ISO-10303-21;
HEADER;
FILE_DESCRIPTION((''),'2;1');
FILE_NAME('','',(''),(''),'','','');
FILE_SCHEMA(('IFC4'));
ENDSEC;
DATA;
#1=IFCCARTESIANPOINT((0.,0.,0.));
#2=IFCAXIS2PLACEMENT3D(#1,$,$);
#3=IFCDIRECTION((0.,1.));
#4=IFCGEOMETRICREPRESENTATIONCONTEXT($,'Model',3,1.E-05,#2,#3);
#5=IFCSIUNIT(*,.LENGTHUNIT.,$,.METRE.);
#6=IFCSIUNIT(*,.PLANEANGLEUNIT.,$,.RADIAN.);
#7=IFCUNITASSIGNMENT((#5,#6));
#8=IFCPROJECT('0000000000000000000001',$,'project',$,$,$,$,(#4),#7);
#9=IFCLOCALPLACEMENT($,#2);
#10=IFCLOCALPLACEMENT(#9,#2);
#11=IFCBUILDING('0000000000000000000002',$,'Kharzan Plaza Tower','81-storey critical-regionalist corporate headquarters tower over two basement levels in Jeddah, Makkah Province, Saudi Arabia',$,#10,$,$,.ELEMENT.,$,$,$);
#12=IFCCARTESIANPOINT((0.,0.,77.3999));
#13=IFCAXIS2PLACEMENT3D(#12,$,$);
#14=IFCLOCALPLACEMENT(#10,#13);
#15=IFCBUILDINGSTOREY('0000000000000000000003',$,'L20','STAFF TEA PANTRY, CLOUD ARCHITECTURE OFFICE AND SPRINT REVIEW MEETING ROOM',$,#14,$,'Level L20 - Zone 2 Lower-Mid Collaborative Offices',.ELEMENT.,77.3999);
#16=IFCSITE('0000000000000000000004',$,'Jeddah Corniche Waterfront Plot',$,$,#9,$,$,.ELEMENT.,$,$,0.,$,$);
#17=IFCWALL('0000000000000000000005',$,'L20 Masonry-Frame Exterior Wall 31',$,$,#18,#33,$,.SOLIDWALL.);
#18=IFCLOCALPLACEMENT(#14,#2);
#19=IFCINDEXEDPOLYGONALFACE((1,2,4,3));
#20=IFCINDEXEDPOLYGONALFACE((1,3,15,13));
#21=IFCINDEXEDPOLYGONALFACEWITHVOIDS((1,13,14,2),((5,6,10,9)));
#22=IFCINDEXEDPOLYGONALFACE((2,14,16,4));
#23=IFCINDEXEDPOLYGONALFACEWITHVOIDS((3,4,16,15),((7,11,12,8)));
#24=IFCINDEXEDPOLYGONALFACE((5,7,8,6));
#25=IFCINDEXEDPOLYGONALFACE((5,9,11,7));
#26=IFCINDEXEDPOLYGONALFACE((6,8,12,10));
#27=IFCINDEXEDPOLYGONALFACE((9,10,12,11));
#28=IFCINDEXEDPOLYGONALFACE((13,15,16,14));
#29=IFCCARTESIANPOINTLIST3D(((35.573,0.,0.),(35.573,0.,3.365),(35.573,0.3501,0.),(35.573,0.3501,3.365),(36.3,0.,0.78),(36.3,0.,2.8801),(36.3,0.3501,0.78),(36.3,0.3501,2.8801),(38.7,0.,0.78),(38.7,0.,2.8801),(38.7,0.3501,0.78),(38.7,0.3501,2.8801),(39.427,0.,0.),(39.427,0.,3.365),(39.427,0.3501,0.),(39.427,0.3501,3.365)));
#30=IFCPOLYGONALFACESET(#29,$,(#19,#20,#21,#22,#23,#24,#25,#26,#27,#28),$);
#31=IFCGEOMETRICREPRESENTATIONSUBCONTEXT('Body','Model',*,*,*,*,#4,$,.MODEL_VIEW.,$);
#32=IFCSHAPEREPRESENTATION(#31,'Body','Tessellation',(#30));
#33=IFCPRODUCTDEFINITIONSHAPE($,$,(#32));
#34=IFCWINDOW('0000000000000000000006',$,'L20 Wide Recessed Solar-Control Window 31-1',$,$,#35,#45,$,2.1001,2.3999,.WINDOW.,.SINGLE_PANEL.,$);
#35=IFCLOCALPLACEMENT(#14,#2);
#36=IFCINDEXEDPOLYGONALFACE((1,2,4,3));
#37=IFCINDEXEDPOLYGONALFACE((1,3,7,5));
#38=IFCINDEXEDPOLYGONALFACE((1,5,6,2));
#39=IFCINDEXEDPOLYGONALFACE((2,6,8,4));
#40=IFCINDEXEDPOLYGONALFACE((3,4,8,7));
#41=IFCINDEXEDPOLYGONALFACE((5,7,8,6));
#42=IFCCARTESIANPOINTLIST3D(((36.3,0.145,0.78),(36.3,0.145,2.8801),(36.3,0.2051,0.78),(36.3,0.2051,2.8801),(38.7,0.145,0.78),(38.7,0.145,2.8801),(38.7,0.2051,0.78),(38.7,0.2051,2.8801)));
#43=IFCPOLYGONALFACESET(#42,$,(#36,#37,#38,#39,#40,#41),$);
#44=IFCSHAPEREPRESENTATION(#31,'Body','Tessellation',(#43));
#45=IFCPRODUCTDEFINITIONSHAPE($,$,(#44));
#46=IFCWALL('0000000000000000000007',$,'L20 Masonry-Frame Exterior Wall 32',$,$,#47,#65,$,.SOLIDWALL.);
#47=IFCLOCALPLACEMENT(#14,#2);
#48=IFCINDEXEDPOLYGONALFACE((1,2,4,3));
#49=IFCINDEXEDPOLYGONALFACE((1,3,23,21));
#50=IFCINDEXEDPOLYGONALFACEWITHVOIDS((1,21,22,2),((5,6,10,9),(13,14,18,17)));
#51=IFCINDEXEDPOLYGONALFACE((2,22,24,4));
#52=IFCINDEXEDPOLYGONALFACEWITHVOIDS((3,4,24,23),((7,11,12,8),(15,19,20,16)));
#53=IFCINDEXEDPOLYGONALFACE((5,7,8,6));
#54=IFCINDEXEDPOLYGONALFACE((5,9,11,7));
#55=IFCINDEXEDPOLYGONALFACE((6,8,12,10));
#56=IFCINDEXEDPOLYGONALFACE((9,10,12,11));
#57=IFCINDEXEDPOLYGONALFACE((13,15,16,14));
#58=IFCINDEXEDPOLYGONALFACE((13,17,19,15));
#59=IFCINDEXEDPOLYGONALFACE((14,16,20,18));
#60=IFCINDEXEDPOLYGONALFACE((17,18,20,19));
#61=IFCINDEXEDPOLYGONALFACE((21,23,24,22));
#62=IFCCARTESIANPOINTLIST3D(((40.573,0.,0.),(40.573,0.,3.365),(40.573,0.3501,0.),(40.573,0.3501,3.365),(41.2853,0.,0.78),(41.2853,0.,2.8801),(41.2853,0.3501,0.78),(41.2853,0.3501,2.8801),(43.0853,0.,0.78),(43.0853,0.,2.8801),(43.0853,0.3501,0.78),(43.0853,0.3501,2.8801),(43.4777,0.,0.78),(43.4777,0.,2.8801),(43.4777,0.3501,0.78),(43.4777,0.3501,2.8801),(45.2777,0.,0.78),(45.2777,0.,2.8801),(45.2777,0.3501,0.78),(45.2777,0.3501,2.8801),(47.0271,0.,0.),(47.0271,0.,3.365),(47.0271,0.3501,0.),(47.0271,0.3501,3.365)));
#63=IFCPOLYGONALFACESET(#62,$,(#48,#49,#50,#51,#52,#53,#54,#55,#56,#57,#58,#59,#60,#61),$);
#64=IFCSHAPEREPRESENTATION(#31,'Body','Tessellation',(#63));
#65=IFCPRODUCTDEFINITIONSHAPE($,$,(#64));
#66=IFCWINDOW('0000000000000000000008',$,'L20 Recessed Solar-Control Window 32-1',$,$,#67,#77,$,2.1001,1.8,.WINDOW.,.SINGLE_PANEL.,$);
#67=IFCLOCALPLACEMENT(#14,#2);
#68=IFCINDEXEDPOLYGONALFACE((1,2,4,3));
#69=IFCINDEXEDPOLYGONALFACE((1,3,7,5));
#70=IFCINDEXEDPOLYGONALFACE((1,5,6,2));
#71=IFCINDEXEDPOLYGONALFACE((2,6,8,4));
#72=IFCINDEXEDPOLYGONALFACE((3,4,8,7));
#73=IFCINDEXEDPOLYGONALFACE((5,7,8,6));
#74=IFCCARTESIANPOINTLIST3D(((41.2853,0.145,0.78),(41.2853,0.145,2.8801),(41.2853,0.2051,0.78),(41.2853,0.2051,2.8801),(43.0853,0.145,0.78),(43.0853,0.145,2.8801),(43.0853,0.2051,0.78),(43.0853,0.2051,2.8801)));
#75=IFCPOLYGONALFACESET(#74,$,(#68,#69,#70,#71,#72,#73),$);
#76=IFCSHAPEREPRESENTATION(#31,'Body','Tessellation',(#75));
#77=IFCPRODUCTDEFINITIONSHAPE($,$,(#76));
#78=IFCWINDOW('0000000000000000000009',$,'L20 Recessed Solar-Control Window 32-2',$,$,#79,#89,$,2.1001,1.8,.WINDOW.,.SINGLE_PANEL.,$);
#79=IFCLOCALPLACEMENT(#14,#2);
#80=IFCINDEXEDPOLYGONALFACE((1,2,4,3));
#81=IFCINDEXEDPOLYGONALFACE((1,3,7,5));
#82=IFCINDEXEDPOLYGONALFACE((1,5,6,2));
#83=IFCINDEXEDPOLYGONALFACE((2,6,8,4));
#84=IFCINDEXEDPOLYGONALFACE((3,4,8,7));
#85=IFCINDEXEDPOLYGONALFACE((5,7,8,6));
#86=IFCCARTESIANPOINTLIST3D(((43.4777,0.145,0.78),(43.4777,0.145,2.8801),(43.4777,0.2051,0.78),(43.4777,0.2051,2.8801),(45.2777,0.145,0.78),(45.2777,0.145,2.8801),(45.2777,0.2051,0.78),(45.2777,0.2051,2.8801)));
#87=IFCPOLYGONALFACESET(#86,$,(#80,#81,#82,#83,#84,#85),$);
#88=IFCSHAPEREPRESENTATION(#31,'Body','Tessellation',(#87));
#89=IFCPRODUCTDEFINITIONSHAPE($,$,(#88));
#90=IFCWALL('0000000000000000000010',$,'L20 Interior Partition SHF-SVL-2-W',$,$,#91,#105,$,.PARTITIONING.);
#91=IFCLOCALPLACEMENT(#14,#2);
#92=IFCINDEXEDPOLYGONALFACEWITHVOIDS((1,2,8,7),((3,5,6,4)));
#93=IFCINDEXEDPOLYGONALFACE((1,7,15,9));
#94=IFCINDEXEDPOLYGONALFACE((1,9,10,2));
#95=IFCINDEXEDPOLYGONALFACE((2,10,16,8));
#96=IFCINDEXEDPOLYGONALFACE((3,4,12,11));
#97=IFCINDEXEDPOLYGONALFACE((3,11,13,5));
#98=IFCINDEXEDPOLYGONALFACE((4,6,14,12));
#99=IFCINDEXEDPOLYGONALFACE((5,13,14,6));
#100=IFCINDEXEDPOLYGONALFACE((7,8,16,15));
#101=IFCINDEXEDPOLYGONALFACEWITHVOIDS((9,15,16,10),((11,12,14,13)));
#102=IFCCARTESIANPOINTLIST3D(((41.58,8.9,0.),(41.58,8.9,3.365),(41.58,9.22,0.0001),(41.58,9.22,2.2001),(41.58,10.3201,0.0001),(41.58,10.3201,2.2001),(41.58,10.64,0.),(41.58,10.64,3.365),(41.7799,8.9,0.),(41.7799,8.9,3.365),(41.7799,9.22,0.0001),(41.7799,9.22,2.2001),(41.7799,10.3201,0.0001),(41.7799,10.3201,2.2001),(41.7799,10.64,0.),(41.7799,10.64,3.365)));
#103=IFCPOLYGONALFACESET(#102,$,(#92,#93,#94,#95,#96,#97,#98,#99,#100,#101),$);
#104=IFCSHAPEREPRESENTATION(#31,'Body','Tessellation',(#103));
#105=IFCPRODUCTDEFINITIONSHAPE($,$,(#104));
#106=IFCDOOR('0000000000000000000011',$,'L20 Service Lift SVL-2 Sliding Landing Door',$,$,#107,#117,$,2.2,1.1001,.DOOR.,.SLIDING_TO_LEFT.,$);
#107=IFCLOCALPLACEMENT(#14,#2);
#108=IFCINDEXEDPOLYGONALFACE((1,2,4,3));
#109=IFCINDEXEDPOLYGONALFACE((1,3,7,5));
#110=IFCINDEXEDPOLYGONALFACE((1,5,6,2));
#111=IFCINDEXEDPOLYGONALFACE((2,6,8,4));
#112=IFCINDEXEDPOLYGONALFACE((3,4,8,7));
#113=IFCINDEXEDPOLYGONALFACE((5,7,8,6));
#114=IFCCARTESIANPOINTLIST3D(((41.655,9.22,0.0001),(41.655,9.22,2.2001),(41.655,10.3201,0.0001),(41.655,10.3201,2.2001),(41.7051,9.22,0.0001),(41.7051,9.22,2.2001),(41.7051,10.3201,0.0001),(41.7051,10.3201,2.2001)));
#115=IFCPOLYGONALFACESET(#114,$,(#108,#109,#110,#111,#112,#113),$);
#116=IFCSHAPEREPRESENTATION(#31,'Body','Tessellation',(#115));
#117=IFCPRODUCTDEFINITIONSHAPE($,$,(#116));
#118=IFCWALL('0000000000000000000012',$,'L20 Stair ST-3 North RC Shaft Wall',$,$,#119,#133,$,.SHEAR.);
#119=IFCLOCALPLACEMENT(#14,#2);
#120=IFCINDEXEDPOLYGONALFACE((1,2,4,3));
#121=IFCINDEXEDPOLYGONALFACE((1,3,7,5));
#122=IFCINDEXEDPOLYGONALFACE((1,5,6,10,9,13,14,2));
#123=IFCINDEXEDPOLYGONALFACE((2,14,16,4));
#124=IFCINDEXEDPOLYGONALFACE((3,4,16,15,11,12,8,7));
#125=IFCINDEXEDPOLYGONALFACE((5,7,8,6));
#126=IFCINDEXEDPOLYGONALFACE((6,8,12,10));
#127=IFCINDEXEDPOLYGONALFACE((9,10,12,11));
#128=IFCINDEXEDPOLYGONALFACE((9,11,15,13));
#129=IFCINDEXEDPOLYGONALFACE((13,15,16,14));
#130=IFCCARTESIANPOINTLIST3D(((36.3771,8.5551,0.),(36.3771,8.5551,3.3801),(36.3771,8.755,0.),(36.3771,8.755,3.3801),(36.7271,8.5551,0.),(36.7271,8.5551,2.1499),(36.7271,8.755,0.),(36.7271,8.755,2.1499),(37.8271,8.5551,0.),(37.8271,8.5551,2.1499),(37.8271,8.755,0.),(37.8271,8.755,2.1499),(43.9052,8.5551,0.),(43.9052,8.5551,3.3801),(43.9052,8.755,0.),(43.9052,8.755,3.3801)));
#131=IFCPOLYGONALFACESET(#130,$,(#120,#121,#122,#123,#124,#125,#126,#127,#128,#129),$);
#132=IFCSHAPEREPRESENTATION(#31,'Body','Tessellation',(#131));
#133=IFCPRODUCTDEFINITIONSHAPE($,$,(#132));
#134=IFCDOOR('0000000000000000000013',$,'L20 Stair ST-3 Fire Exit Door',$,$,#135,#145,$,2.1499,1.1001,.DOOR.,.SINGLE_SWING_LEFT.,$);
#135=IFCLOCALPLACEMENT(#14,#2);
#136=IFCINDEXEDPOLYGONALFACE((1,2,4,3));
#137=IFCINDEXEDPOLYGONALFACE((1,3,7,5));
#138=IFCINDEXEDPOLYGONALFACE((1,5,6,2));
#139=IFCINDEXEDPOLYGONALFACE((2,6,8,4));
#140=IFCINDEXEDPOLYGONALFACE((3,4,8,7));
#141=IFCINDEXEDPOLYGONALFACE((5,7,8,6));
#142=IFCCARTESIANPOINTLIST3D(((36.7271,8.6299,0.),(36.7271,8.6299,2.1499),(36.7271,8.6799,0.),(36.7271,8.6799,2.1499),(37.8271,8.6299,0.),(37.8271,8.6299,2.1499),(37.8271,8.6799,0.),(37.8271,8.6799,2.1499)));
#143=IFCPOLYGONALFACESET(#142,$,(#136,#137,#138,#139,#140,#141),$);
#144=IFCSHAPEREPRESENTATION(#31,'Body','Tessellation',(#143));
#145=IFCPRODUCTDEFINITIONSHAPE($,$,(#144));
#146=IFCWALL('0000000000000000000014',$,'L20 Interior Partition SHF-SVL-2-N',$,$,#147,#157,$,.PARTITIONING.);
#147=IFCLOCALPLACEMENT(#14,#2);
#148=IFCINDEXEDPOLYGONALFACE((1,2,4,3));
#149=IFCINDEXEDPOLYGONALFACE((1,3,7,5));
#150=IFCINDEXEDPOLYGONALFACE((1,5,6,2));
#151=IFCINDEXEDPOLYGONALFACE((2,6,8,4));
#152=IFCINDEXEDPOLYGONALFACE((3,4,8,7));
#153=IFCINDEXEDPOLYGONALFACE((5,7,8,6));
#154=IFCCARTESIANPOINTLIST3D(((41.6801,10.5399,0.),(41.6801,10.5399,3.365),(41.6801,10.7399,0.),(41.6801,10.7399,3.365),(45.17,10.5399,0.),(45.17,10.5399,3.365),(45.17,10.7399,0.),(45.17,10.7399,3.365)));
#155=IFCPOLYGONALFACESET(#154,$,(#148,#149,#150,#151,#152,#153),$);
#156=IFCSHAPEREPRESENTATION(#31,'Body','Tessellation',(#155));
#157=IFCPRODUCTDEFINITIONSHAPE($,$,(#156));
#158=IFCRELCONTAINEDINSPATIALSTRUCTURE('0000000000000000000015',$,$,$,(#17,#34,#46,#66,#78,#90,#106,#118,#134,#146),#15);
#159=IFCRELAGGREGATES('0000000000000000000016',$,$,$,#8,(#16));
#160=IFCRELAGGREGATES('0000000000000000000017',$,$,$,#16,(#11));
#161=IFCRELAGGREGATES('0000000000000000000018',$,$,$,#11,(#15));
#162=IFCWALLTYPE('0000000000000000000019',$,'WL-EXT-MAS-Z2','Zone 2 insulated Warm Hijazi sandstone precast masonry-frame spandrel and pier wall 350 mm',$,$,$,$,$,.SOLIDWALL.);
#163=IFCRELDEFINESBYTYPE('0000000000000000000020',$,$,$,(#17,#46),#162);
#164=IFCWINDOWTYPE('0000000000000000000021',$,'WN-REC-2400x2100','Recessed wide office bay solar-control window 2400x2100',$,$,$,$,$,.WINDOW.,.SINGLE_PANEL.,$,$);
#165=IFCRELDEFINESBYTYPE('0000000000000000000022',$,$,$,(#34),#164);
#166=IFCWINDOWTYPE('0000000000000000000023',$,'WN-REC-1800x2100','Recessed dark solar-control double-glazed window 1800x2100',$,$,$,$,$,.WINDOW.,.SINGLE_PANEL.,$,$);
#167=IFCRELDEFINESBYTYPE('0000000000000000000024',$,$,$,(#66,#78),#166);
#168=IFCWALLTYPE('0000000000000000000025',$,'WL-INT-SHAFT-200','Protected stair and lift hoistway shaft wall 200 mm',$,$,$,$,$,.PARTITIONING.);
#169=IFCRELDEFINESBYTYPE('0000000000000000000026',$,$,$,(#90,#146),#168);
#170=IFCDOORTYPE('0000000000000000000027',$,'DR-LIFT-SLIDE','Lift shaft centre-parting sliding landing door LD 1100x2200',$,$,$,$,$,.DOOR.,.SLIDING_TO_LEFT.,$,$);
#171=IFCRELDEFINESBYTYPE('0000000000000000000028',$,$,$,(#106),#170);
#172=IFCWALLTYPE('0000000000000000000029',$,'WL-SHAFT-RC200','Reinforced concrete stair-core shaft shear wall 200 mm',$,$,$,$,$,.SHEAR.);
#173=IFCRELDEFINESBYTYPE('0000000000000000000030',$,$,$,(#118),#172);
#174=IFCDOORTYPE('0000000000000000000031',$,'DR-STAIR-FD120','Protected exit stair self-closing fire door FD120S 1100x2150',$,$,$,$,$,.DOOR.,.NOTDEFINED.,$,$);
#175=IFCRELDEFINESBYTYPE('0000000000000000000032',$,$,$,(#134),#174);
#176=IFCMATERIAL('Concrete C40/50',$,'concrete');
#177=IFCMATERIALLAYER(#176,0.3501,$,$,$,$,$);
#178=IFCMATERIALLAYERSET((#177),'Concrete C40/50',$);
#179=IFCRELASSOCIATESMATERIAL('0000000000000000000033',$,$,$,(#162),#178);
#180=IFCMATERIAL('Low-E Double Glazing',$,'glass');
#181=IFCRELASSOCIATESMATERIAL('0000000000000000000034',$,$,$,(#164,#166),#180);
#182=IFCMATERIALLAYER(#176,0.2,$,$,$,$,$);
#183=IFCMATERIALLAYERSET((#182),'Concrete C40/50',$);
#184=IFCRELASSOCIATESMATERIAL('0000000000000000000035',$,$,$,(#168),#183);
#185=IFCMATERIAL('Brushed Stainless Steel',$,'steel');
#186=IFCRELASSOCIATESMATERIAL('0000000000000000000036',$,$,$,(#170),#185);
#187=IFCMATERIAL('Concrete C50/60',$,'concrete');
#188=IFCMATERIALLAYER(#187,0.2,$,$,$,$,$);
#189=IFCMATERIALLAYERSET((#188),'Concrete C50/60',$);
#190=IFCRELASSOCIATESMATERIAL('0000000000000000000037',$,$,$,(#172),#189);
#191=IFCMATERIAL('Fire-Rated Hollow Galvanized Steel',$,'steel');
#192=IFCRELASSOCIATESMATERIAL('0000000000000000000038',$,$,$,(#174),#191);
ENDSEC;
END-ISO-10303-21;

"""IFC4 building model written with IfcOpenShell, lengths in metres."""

from ifc_helpers import new_model, si_unit, direction, frame, frame_2d, origin, place, context, subcontext, project, spatial, rectangle, extrude, source, transform, mapped, material, layer, layer_set, type_object, element, fill, save


model = new_model("IFC4")

# Units and contexts
model_context = context("Model", 3, precision=1e-05, world=origin(), true_north=direction((0.0, 1.0)))
body_context = subcontext(model_context, "Body", "Model", "MODEL_VIEW")
ifc_project = project(units=[si_unit("LENGTHUNIT", "METRE"), si_unit("PLANEANGLEUNIT", "RADIAN")], contexts=[model_context])

# Site, building, storey
site_placement = place(None, origin())
site = spatial("IfcSite", under=ifc_project, at=site_placement, Name="Jeddah Corniche Waterfront Plot", CompositionType="ELEMENT", RefElevation=0.0)
building_placement = place(site_placement, origin())
building = spatial("IfcBuilding", under=site, at=building_placement, Name="Kharzan Plaza Tower", Description="81-storey critical-regionalist corporate headquarters tower over two basement levels in Jeddah, Makkah Province, Saudi Arabia", CompositionType="ELEMENT")
storey_placement = place(building_placement, frame((0.0, 0.0, 77.3999)))
storey = spatial("IfcBuildingStorey", under=building, at=storey_placement, Name="L20", Description="STAFF TEA PANTRY, CLOUD ARCHITECTURE OFFICE AND SPRINT REVIEW MEETING ROOM", LongName="Level L20 - Zone 2 Lower-Mid Collaborative Offices", CompositionType="ELEMENT", Elevation=77.3999)

# Wall, opening, window
ifc_material_1 = material(Name="Concrete C40/50", Category="concrete")
ifc_layer_1 = layer(ifc_material_1, 0.3501)
ifc_layer_set_1 = layer_set([ifc_layer_1], Name="Concrete C40/50")
wall_type_1 = type_object("IfcWallType", Name="WL-EXT-MAS-Z2", Description="Zone 2 insulated Warm Hijazi sandstone precast masonry-frame spandrel and pier wall 350 mm", PredefinedType="SOLIDWALL", material=ifc_layer_set_1)
wall_1_placement = place(storey_placement, frame((35.573, 0.175, 0.0), z_axis=(0.0, 0.0, 1.0), x_axis=(1.0, 0.0, 0.0)))
wall_1 = element("IfcWall", 1, at=wall_1_placement, inside=storey, type_object=wall_type_1, Name="L20 Masonry-Frame Exterior Wall 31", PredefinedType="SOLIDWALL", context=body_context, shape_type="SweptSolid", body=[
    extrude(rectangle(XDim=3.854, YDim=0.3501, at=frame_2d((1.927, 0.0))), origin(), (0.0, 0.0, 1.0), 3.365),
])
opening_1_placement = place(wall_1_placement, frame((0.7271, 0.0, 0.78)))
opening_1 = element("IfcOpeningElement", 2, at=opening_1_placement, cuts=wall_1, PredefinedType="OPENING", context=body_context, shape_type="SweptSolid", body=[
    extrude(rectangle(XDim=2.3999, YDim=2.1001, at=frame_2d((1.2, 1.05))), frame((0.0, 0.1851, 0.0), z_axis=(0.0, -1.0, 0.0), x_axis=(1.0, 0.0, 0.0)), (0.0, 0.0, 1.0), 0.3701),
])
ifc_material_2 = material(Name="Low-E Double Glazing", Category="glass")
window_type_1 = type_object("IfcWindowType", Name="WN-REC-2400x2100", Description="Recessed wide office bay solar-control window 2400x2100", PartitioningType="SINGLE_PANEL", PredefinedType="WINDOW", material=ifc_material_2)
shared_shape_1 = source(origin(), body_context, "Body", "SweptSolid", [
    extrude(rectangle(XDim=2.3999, YDim=2.1001, at=frame_2d((1.2, 1.05))), frame((0.0, 0.03, 0.0), z_axis=(0.0, -1.0, 0.0), x_axis=(1.0, 0.0, 0.0)), (0.0, 0.0, 1.0), 0.0601),
])
window_1_placement = place(opening_1_placement, origin())
window_1 = element("IfcWindow", 3, at=window_1_placement, inside=storey, type_object=window_type_1, Name="L20 Wide Recessed Solar-Control Window 31-1", OverallHeight=2.1001, OverallWidth=2.3999, PartitioningType="SINGLE_PANEL", PredefinedType="WINDOW", context=body_context, shape_type="MappedRepresentation", body=[
    mapped(shared_shape_1, transform((0.0, 0.0, 0.0), x_axis=(1.0, 0.0, 0.0), y_axis=(0.0, 1.0, 0.0), z_axis=(0.0, 0.0, 1.0))),
])
fill(opening_1, window_1)

# Wall, openings, windows
wall_2_placement = place(storey_placement, frame((40.573, 0.175, 0.0), z_axis=(0.0, 0.0, 1.0), x_axis=(1.0, 0.0, 0.0)))
wall_2 = element("IfcWall", 4, at=wall_2_placement, inside=storey, type_object=wall_type_1, Name="L20 Masonry-Frame Exterior Wall 32", PredefinedType="SOLIDWALL", context=body_context, shape_type="SweptSolid", body=[
    extrude(rectangle(XDim=6.4541, YDim=0.3501, at=frame_2d((3.2271, 0.0))), origin(), (0.0, 0.0, 1.0), 3.365),
])
opening_2_placement = place(wall_2_placement, frame((0.7124, 0.0, 0.78)))
opening_2 = element("IfcOpeningElement", 5, at=opening_2_placement, cuts=wall_2, PredefinedType="OPENING", context=body_context, shape_type="SweptSolid", body=[
    extrude(rectangle(XDim=1.8, YDim=2.1001, at=frame_2d((0.8999, 1.05))), frame((0.0, 0.1851, 0.0), z_axis=(0.0, -1.0, 0.0), x_axis=(1.0, 0.0, 0.0)), (0.0, 0.0, 1.0), 0.3701),
])
opening_3_placement = place(wall_2_placement, frame((2.9048, 0.0, 0.78)))
opening_3 = element("IfcOpeningElement", 6, at=opening_3_placement, cuts=wall_2, PredefinedType="OPENING", context=body_context, shape_type="SweptSolid", body=[
    extrude(rectangle(XDim=1.8, YDim=2.1001, at=frame_2d((0.8999, 1.05))), frame((0.0, 0.1851, 0.0), z_axis=(0.0, -1.0, 0.0), x_axis=(1.0, 0.0, 0.0)), (0.0, 0.0, 1.0), 0.3701),
])
window_type_2 = type_object("IfcWindowType", Name="WN-REC-1800x2100", Description="Recessed dark solar-control double-glazed window 1800x2100", PartitioningType="SINGLE_PANEL", PredefinedType="WINDOW", material=ifc_material_2)
shared_shape_2 = source(origin(), body_context, "Body", "SweptSolid", [
    extrude(rectangle(XDim=1.8, YDim=2.1001, at=frame_2d((0.8999, 1.05))), frame((0.0, 0.03, 0.0), z_axis=(0.0, -1.0, 0.0), x_axis=(1.0, 0.0, 0.0)), (0.0, 0.0, 1.0), 0.0601),
])
window_2_placement = place(opening_2_placement, origin())
window_2 = element("IfcWindow", 7, at=window_2_placement, inside=storey, type_object=window_type_2, Name="L20 Recessed Solar-Control Window 32-1", OverallHeight=2.1001, OverallWidth=1.8, PartitioningType="SINGLE_PANEL", PredefinedType="WINDOW", context=body_context, shape_type="MappedRepresentation", body=[
    mapped(shared_shape_2, transform((0.0, 0.0, 0.0), x_axis=(1.0, 0.0, 0.0), y_axis=(0.0, 1.0, 0.0), z_axis=(0.0, 0.0, 1.0))),
])
fill(opening_2, window_2)
window_3_placement = place(opening_3_placement, origin())
window_3 = element("IfcWindow", 8, at=window_3_placement, inside=storey, type_object=window_type_2, Name="L20 Recessed Solar-Control Window 32-2", OverallHeight=2.1001, OverallWidth=1.8, PartitioningType="SINGLE_PANEL", PredefinedType="WINDOW", context=body_context, shape_type="MappedRepresentation", body=[
    mapped(shared_shape_2, transform((0.0, 0.0, 0.0), x_axis=(1.0, 0.0, 0.0), y_axis=(0.0, 1.0, 0.0), z_axis=(0.0, 0.0, 1.0))),
])
fill(opening_3, window_3)

# Walls, openings, doors
ifc_layer_2 = layer(ifc_material_1, 0.2)
ifc_layer_set_2 = layer_set([ifc_layer_2], Name="Concrete C40/50")
wall_type_2 = type_object("IfcWallType", Name="WL-INT-SHAFT-200", Description="Protected stair and lift hoistway shaft wall 200 mm", PredefinedType="PARTITIONING", material=ifc_layer_set_2)
wall_3_placement = place(storey_placement, frame((41.6799, 8.8999, 0.0), z_axis=(0.0, 0.0, 1.0), x_axis=(0.0, 1.0, 0.0)))
wall_3 = element("IfcWall", 9, at=wall_3_placement, inside=storey, type_object=wall_type_2, Name="L20 Interior Partition SHF-SVL-2-W", PredefinedType="PARTITIONING", context=body_context, shape_type="SweptSolid", body=[
    extrude(rectangle(XDim=1.74, YDim=0.2, at=frame_2d((0.8701, 0.0))), origin(), (0.0, 0.0, 1.0), 3.365),
])
opening_4_placement = place(wall_3_placement, frame((0.3201, 0.0, 0.0)))
opening_4 = element("IfcOpeningElement", 10, at=opening_4_placement, cuts=wall_3, PredefinedType="OPENING", context=body_context, shape_type="SweptSolid", body=[
    extrude(rectangle(XDim=1.1001, YDim=2.2, at=frame_2d((0.55, 1.1001))), frame((0.0, 0.1099, 0.0), z_axis=(0.0, -1.0, 0.0), x_axis=(1.0, 0.0, 0.0)), (0.0, 0.0, 1.0), 0.22),
])
ifc_material_3 = material(Name="Brushed Stainless Steel", Category="steel")
door_type_1 = type_object("IfcDoorType", Name="DR-LIFT-SLIDE", Description="Lift shaft centre-parting sliding landing door LD 1100x2200", OperationType="SLIDING_TO_LEFT", PredefinedType="DOOR", material=ifc_material_3)
shared_shape_3 = source(origin(), body_context, "Body", "SweptSolid", [
    extrude(rectangle(XDim=1.1001, YDim=2.2, at=frame_2d((0.55, 1.1001))), frame((0.0, 0.0249, 0.0), z_axis=(0.0, -1.0, 0.0), x_axis=(1.0, 0.0, 0.0)), (0.0, 0.0, 1.0), 0.05),
])
door_1_placement = place(opening_4_placement, origin())
door_1 = element("IfcDoor", 11, at=door_1_placement, inside=storey, type_object=door_type_1, Name="L20 Service Lift SVL-2 Sliding Landing Door", OperationType="SLIDING_TO_LEFT", OverallHeight=2.2, OverallWidth=1.1001, PredefinedType="DOOR", context=body_context, shape_type="MappedRepresentation", body=[
    mapped(shared_shape_3, transform((0.0, 0.0, 0.0), x_axis=(1.0, 0.0, 0.0), y_axis=(0.0, 1.0, 0.0), z_axis=(0.0, 0.0, 1.0))),
])
fill(opening_4, door_1)
ifc_material_4 = material(Name="Concrete C50/60", Category="concrete")
ifc_layer_3 = layer(ifc_material_4, 0.2)
ifc_layer_set_3 = layer_set([ifc_layer_3], Name="Concrete C50/60")
wall_type_3 = type_object("IfcWallType", Name="WL-SHAFT-RC200", Description="Reinforced concrete stair-core shaft shear wall 200 mm", PredefinedType="SHEAR", material=ifc_layer_set_3)
wall_4_placement = place(storey_placement, frame((36.377, 8.655, 0.0), z_axis=(0.0, 0.0, 1.0), x_axis=(1.0, 0.0, 0.0)))
wall_4 = element("IfcWall", 12, at=wall_4_placement, inside=storey, type_object=wall_type_3, Name="L20 Stair ST-3 North RC Shaft Wall", PredefinedType="SHEAR", context=body_context, shape_type="SweptSolid", body=[
    extrude(rectangle(XDim=7.5281, YDim=0.2, at=frame_2d((3.7642, 0.0))), origin(), (0.0, 0.0, 1.0), 3.3801),
])
opening_5_placement = place(wall_4_placement, frame((0.3501, 0.0, 0.0)))
opening_5 = element("IfcOpeningElement", 13, at=opening_5_placement, cuts=wall_4, PredefinedType="OPENING", context=body_context, shape_type="SweptSolid", body=[
    extrude(rectangle(XDim=1.1001, YDim=2.1499, at=frame_2d((0.55, 1.075))), frame((0.0, 0.1099, 0.0), z_axis=(0.0, -1.0, 0.0), x_axis=(1.0, 0.0, 0.0)), (0.0, 0.0, 1.0), 0.22),
])
ifc_material_5 = material(Name="Fire-Rated Hollow Galvanized Steel", Category="steel")
door_type_2 = type_object("IfcDoorType", Name="DR-STAIR-FD120", Description="Protected exit stair self-closing fire door FD120S 1100x2150", OperationType="NOTDEFINED", PredefinedType="DOOR", material=ifc_material_5)
shared_shape_4 = source(origin(), body_context, "Body", "SweptSolid", [
    extrude(rectangle(XDim=1.1001, YDim=2.1499, at=frame_2d((0.55, 1.075))), frame((0.0, 0.0249, 0.0), z_axis=(0.0, -1.0, 0.0), x_axis=(1.0, 0.0, 0.0)), (0.0, 0.0, 1.0), 0.05),
])
door_2_placement = place(opening_5_placement, origin())
door_2 = element("IfcDoor", 14, at=door_2_placement, inside=storey, type_object=door_type_2, Name="L20 Stair ST-3 Fire Exit Door", OperationType="SINGLE_SWING_LEFT", OverallHeight=2.1499, OverallWidth=1.1001, PredefinedType="DOOR", context=body_context, shape_type="MappedRepresentation", body=[
    mapped(shared_shape_4, transform((0.0, 0.0, 0.0), x_axis=(1.0, 0.0, 0.0), y_axis=(0.0, 1.0, 0.0), z_axis=(0.0, 0.0, 1.0))),
])
fill(opening_5, door_2)

# Wall
shared_shape_5 = source(origin(), body_context, "Body", "SweptSolid", [
    extrude(rectangle(XDim=3.49, YDim=0.2, at=frame_2d((1.7451, 0.0))), origin(), (0.0, 0.0, 1.0), 3.365),
])
wall_5_placement = place(storey_placement, frame((41.6799, 10.6399, 0.0), z_axis=(0.0, 0.0, 1.0), x_axis=(1.0, 0.0, 0.0)))
element("IfcWall", 15, at=wall_5_placement, inside=storey, type_object=wall_type_2, Name="L20 Interior Partition SHF-SVL-2-N", PredefinedType="PARTITIONING", context=body_context, shape_type="MappedRepresentation", body=[
    mapped(shared_shape_5, transform((0.0, 0.0, 0.0), x_axis=(1.0, 0.0, 0.0), y_axis=(0.0, 1.0, 0.0), z_axis=(0.0, 0.0, 1.0))),
])

save(model, "model.ifc")
